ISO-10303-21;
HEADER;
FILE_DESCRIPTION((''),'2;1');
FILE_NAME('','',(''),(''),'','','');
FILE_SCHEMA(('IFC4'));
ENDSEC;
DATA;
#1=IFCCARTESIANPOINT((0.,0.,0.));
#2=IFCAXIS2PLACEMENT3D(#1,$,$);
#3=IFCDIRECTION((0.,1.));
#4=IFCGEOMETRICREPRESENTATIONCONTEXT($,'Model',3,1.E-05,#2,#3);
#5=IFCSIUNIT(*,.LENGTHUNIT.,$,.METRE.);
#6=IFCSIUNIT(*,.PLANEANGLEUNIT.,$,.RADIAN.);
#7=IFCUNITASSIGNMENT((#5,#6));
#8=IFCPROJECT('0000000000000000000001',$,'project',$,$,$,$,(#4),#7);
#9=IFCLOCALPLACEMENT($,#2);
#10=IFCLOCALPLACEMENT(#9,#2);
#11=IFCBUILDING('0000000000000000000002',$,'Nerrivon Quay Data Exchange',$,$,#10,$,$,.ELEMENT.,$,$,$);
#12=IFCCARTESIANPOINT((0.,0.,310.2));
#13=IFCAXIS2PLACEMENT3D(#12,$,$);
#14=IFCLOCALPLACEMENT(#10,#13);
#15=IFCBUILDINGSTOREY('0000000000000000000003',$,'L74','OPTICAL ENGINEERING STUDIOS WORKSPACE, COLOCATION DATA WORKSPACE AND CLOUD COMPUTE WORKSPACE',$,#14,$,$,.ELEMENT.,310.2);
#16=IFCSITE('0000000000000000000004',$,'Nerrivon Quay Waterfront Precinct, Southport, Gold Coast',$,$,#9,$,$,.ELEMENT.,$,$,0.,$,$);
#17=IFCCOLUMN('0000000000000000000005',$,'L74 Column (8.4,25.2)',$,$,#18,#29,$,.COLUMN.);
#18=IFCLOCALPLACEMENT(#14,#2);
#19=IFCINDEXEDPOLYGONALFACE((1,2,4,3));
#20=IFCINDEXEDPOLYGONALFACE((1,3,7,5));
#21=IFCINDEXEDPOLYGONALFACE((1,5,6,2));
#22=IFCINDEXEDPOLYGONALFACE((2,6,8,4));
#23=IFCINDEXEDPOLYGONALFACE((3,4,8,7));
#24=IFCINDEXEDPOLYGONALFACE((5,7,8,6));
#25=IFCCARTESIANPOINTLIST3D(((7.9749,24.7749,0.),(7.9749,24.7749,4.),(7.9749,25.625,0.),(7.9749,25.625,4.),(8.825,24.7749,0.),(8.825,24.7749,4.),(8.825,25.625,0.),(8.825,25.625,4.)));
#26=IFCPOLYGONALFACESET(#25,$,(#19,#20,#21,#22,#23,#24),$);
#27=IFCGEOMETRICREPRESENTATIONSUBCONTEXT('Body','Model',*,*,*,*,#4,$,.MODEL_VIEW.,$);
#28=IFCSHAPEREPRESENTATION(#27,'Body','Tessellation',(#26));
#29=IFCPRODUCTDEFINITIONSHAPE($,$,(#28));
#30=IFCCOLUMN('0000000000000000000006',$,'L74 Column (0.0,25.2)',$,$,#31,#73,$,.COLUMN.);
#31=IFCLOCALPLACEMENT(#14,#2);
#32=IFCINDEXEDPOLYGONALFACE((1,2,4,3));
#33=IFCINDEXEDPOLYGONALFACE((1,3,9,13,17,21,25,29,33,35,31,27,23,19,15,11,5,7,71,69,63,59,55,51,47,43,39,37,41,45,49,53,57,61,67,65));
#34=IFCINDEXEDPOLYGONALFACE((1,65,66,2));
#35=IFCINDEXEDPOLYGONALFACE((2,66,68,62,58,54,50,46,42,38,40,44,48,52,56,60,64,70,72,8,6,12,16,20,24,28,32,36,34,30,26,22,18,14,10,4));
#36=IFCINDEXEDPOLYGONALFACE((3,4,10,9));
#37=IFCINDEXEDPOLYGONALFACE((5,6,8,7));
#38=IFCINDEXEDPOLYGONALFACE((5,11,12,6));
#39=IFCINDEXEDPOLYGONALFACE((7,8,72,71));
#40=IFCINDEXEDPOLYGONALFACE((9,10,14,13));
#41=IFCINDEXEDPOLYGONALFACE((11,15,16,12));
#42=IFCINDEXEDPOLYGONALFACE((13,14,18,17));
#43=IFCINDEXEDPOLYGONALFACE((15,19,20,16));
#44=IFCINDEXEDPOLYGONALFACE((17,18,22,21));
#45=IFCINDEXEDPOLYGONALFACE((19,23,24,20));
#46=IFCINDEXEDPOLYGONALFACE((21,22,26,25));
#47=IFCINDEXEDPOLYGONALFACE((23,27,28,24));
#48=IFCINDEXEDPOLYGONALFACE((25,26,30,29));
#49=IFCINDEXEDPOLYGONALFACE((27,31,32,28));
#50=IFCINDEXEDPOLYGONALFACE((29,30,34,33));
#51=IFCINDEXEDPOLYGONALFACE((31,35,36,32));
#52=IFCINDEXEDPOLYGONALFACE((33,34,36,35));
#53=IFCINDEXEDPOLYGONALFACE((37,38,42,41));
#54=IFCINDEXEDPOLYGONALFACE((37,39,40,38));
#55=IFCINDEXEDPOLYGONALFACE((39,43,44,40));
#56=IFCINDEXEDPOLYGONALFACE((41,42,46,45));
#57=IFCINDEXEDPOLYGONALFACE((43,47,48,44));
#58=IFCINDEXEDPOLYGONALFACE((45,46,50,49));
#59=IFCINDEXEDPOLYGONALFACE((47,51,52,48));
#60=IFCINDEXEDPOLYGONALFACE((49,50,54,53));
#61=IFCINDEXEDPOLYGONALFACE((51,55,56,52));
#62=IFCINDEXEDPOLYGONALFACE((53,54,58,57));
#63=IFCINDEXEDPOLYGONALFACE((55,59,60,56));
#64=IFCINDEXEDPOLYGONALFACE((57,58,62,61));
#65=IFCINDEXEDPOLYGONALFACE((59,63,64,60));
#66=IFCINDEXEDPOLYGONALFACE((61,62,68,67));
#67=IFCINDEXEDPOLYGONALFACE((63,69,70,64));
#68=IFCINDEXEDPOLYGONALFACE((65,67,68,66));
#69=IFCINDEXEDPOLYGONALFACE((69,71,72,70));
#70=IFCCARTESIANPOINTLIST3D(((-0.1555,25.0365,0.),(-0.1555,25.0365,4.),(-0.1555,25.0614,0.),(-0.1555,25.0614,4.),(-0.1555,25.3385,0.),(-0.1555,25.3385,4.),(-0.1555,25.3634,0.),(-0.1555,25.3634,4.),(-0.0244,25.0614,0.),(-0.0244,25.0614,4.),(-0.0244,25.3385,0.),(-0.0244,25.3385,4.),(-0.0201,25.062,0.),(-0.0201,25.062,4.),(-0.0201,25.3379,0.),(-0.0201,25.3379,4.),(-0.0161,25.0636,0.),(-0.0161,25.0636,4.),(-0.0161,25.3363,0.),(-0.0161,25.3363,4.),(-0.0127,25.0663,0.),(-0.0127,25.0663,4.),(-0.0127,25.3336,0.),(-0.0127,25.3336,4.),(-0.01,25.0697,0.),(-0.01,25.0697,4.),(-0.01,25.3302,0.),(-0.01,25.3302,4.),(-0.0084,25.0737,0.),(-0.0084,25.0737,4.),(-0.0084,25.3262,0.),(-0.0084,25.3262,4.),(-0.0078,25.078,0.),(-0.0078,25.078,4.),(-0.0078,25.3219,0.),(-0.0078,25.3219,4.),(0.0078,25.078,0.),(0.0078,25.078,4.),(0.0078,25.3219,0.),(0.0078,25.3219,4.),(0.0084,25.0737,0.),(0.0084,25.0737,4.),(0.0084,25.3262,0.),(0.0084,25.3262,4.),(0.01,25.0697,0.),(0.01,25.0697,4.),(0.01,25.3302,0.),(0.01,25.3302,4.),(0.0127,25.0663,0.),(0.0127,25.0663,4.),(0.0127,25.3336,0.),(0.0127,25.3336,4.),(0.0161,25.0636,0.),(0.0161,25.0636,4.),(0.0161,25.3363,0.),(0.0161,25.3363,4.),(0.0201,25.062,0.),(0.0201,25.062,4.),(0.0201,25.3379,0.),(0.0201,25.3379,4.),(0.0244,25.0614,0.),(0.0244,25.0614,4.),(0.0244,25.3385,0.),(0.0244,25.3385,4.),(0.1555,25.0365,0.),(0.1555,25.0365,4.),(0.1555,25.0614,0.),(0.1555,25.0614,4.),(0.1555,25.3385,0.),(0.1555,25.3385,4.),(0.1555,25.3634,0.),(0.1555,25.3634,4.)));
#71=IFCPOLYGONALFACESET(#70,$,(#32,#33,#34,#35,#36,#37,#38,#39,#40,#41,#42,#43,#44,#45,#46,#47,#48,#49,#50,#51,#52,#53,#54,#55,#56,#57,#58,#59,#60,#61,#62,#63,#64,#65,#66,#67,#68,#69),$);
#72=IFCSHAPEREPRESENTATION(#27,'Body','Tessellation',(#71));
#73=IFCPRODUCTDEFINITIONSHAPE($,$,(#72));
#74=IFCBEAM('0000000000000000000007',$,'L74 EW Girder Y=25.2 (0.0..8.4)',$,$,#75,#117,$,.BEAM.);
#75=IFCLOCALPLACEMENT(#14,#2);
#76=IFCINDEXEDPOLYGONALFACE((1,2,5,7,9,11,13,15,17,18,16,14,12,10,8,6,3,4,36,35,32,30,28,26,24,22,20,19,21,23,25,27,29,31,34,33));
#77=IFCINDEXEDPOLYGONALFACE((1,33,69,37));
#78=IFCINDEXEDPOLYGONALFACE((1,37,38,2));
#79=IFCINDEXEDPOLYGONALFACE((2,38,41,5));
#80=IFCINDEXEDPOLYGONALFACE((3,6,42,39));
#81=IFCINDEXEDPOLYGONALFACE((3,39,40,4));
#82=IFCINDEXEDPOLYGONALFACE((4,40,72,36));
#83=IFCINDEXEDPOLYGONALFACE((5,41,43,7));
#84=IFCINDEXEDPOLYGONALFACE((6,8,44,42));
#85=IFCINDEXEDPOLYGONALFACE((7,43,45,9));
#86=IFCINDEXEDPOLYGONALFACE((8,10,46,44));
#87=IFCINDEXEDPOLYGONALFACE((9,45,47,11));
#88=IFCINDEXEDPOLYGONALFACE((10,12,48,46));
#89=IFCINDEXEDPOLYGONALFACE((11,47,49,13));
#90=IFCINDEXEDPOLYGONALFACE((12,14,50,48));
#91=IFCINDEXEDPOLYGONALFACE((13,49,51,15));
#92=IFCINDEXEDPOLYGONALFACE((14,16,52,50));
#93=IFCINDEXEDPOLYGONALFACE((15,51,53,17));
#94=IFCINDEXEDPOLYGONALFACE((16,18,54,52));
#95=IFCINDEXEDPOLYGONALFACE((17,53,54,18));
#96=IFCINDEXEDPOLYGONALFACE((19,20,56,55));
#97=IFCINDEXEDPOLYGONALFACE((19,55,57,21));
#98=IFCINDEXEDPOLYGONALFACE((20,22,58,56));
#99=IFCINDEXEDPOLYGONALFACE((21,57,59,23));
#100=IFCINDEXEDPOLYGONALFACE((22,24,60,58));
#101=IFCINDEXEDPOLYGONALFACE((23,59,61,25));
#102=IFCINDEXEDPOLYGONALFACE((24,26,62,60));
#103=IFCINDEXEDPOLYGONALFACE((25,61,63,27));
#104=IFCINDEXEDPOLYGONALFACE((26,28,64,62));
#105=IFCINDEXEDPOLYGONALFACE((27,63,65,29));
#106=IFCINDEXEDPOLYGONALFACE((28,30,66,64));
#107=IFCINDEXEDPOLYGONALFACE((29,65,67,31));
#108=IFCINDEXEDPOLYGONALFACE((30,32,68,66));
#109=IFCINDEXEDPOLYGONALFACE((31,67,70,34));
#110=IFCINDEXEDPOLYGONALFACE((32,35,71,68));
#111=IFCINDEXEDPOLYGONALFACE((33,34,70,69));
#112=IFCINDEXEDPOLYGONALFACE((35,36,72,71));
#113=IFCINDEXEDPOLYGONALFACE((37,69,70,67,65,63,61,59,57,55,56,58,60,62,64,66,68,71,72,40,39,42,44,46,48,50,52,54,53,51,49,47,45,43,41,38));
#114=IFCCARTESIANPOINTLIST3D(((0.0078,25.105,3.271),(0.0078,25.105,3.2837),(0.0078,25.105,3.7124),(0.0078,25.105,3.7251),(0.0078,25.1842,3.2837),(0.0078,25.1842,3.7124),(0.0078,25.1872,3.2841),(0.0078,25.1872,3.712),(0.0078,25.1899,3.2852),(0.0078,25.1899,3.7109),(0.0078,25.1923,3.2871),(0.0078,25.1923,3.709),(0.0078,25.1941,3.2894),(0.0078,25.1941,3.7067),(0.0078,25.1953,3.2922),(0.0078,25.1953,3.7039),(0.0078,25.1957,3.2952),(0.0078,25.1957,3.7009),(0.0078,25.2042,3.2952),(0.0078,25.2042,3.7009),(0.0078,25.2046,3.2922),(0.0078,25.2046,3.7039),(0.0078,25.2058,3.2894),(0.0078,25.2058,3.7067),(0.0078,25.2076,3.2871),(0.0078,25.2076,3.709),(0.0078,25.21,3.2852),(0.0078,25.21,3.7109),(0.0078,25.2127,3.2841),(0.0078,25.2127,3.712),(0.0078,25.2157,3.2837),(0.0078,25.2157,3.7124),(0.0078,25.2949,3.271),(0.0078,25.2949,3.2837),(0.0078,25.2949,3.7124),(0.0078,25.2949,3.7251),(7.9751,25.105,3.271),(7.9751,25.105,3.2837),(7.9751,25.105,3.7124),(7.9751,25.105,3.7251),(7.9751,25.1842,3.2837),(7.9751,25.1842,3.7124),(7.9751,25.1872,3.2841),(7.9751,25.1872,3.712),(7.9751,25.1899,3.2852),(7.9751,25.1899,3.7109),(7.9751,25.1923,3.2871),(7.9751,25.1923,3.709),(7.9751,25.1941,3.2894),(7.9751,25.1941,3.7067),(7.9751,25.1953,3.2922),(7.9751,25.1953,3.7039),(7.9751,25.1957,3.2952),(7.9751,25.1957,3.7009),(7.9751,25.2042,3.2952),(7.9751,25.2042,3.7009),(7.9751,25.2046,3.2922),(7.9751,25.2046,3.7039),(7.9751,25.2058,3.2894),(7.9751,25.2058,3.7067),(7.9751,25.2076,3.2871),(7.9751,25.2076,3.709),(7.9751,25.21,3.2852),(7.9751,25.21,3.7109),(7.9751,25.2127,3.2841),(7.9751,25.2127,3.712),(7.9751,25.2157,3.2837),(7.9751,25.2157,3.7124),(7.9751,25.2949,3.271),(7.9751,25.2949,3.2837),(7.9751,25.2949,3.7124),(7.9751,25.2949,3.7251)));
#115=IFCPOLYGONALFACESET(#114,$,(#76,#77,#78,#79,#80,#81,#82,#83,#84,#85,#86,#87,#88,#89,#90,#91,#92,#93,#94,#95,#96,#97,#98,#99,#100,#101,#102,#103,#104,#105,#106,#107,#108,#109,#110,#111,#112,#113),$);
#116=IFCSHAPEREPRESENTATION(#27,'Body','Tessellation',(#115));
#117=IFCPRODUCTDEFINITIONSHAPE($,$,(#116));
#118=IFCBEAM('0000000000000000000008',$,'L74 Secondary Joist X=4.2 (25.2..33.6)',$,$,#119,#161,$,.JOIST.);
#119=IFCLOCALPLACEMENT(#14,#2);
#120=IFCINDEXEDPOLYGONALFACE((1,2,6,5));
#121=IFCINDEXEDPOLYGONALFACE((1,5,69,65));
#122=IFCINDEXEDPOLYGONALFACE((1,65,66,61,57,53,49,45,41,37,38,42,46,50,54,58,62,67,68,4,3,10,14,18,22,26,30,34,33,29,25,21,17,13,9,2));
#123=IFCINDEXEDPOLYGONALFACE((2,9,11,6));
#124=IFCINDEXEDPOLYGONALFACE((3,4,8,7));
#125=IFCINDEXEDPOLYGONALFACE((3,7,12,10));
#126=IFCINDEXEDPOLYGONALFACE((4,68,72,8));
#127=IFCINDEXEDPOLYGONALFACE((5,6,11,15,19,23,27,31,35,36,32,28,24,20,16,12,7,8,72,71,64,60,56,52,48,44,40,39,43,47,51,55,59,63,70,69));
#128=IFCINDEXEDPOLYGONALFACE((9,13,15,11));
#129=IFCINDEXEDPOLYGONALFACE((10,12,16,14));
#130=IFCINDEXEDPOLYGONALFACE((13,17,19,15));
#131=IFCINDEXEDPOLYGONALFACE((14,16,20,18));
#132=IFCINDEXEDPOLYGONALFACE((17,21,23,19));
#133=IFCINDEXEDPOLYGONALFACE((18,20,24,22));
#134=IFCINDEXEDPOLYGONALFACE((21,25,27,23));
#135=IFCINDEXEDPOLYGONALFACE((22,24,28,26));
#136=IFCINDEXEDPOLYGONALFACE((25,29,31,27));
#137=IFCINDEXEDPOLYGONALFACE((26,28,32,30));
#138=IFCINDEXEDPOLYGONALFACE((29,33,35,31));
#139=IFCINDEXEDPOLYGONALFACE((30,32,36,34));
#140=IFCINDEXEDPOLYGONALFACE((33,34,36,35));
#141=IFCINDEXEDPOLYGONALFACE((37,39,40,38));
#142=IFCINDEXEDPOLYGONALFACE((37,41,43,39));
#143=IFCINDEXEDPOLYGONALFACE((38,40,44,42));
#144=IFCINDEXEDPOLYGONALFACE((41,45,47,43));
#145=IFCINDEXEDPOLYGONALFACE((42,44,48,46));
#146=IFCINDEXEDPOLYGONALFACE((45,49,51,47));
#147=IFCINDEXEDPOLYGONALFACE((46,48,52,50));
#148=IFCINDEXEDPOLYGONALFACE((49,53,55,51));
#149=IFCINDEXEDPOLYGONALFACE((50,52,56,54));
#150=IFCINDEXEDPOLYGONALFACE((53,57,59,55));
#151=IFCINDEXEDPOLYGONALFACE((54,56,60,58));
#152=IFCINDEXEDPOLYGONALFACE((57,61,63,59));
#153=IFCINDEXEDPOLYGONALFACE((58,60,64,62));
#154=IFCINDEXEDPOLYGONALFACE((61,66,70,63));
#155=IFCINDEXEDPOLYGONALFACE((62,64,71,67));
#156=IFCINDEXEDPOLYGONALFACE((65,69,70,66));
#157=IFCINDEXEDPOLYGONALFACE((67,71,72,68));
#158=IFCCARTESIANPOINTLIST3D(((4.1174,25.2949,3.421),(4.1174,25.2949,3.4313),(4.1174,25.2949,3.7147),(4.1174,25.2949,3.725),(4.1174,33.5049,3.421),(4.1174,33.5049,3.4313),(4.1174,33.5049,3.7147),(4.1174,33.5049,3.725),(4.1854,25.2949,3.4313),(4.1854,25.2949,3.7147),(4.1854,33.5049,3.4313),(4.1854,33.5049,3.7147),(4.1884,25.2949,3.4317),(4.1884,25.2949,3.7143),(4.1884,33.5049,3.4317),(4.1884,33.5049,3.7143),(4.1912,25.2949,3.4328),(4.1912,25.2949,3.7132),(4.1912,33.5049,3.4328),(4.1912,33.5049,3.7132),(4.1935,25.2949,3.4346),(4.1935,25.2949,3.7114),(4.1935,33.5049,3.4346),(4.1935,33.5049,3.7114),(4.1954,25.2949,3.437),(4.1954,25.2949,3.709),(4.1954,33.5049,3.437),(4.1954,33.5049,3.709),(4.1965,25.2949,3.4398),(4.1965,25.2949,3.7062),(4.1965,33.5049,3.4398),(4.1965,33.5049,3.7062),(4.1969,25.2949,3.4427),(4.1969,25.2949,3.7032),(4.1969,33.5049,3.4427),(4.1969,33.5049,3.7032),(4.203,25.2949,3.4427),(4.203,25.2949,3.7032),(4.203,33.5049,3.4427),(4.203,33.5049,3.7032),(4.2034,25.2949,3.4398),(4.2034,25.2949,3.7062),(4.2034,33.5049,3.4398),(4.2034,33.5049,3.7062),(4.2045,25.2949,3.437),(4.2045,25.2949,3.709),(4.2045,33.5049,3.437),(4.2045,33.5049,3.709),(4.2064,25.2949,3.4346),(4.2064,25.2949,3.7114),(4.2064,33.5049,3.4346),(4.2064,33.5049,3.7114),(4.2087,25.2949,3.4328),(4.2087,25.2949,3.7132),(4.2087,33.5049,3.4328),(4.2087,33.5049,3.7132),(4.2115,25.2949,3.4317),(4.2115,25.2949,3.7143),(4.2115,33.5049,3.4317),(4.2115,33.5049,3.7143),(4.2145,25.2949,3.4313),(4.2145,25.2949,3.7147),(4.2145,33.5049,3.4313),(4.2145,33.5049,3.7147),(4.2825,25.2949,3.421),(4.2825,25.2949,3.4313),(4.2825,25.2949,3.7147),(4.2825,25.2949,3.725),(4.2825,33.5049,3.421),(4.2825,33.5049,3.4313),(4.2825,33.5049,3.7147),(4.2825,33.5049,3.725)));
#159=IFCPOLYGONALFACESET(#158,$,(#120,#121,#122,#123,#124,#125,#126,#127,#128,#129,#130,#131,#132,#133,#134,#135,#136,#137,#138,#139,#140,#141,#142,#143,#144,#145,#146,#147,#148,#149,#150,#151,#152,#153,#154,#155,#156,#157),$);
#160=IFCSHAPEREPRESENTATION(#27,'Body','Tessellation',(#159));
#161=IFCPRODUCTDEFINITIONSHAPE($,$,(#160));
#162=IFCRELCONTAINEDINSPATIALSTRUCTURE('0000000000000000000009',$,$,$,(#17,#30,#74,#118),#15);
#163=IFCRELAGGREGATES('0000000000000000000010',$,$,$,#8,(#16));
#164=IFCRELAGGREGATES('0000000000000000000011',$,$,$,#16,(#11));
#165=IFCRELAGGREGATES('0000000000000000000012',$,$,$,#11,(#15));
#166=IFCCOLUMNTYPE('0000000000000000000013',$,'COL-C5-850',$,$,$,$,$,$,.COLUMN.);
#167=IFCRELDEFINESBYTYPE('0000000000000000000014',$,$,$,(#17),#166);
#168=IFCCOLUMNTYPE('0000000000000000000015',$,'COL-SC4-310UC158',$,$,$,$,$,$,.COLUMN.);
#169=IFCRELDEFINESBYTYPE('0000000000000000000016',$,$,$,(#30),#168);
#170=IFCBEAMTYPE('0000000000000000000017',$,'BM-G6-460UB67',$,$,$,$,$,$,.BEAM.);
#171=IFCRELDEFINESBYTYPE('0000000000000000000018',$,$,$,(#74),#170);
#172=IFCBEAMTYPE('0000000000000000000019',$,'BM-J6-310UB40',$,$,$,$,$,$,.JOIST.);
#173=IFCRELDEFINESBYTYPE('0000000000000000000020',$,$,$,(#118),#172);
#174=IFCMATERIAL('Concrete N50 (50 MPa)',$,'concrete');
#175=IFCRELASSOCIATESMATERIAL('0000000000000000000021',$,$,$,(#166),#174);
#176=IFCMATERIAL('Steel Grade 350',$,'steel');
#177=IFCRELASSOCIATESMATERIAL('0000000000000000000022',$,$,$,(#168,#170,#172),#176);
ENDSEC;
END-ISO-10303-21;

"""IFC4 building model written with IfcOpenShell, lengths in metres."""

from ifc_helpers import new_model, si_unit, direction, frame, origin, origin_2d, place, context, subcontext, project, spatial, rectangle, i_section, extrude, material, material_profile, profile_set, type_object, element, save


model = new_model("IFC4")

# Units and contexts
model_context = context("Model", 3, precision=1e-05, world=origin(), true_north=direction((0.0, 1.0)))
body_context = subcontext(model_context, "Body", "Model", "MODEL_VIEW")
ifc_project = project(units=[si_unit("LENGTHUNIT", "METRE"), si_unit("PLANEANGLEUNIT", "RADIAN")], contexts=[model_context])

# Site, building, storey
site_placement = place(None, origin())
site = spatial("IfcSite", under=ifc_project, at=site_placement, Name="Nerrivon Quay Waterfront Precinct, Southport, Gold Coast", CompositionType="ELEMENT", RefElevation=0.0)
building_placement = place(site_placement, origin())
building = spatial("IfcBuilding", under=site, at=building_placement, Name="Nerrivon Quay Data Exchange", CompositionType="ELEMENT")
storey_placement = place(building_placement, frame((0.0, 0.0, 310.2)))
storey = spatial("IfcBuildingStorey", under=building, at=storey_placement, Name="L74", Description="OPTICAL ENGINEERING STUDIOS WORKSPACE, COLOCATION DATA WORKSPACE AND CLOUD COMPUTE WORKSPACE", CompositionType="ELEMENT", Elevation=310.2)

# Columns
ifc_material_1 = material(Name="Concrete N50 (50 MPa)", Category="concrete")
ifc_material_profile_1 = material_profile(ifc_material_1, rectangle(XDim=0.8501, YDim=0.8501, at=origin_2d()), Name="RC-COL-850x850")
ifc_profile_set_1 = profile_set([ifc_material_profile_1], Name="Concrete N50 (50 MPa)")
column_type_1 = type_object("IfcColumnType", Name="COL-C5-850", PredefinedType="COLUMN", material=ifc_profile_set_1)
column_1_placement = place(storey_placement, frame((8.3999, 25.2, 0.0), z_axis=(0.0, 0.0, 1.0), x_axis=(1.0, 0.0, 0.0)))
element("IfcColumn", 1, at=column_1_placement, inside=storey, type_object=column_type_1, Name="L74 Column (8.4,25.2)", PredefinedType="COLUMN", context=body_context, shape_type="SweptSolid", body=[
    extrude(rectangle(XDim=0.8501, YDim=0.8501, at=origin_2d()), origin(), (0.0, 0.0, 1.0), 4.0),
])
ifc_material_2 = material(Name="Steel Grade 350", Category="steel")
ifc_material_profile_2 = material_profile(ifc_material_2, i_section(OverallWidth=0.311, OverallDepth=0.3269, WebThickness=0.0156, FlangeThickness=0.0249, FilletRadius=0.0166, at=origin_2d()), Name="310UC158")
ifc_profile_set_2 = profile_set([ifc_material_profile_2], Name="Steel Grade 350")
column_type_2 = type_object("IfcColumnType", Name="COL-SC4-310UC158", PredefinedType="COLUMN", material=ifc_profile_set_2)
column_2_placement = place(storey_placement, frame((0.0, 25.2, 0.0), z_axis=(0.0, 0.0, 1.0), x_axis=(1.0, 0.0, 0.0)))
element("IfcColumn", 2, at=column_2_placement, inside=storey, type_object=column_type_2, Name="L74 Column (0.0,25.2)", PredefinedType="COLUMN", context=body_context, shape_type="SweptSolid", body=[
    extrude(i_section(OverallWidth=0.311, OverallDepth=0.3269, WebThickness=0.0156, FlangeThickness=0.0249, FilletRadius=0.0166, at=origin_2d()), origin(), (0.0, 0.0, 1.0), 4.0),
])

# Beams
ifc_material_profile_3 = material_profile(ifc_material_2, i_section(OverallWidth=0.1899, OverallDepth=0.4541, WebThickness=0.0085, FlangeThickness=0.0127, FilletRadius=0.0115, at=origin_2d()), Name="460UB67.1")
ifc_profile_set_3 = profile_set([ifc_material_profile_3], Name="Steel Grade 350")
beam_type_1 = type_object("IfcBeamType", Name="BM-G6-460UB67", PredefinedType="BEAM", material=ifc_profile_set_3)
beam_1_placement = place(storey_placement, frame((0.0078, 25.2, 3.498), z_axis=(1.0, 0.0, 0.0), x_axis=(0.0, 1.0, 0.0)))
element("IfcBeam", 3, at=beam_1_placement, inside=storey, type_object=beam_type_1, Name="L74 EW Girder Y=25.2 (0.0..8.4)", PredefinedType="BEAM", context=body_context, shape_type="SweptSolid", body=[
    extrude(i_section(OverallWidth=0.1899, OverallDepth=0.4541, WebThickness=0.0085, FlangeThickness=0.0127, FilletRadius=0.0115, at=origin_2d()), origin(), (0.0, 0.0, 1.0), 7.9673),
])
ifc_material_profile_4 = material_profile(ifc_material_2, i_section(OverallWidth=0.165, OverallDepth=0.304, WebThickness=0.0061, FlangeThickness=0.0103, FilletRadius=0.0115, at=origin_2d()), Name="310UB40.4")
ifc_profile_set_4 = profile_set([ifc_material_profile_4], Name="Steel Grade 350")
beam_type_2 = type_object("IfcBeamType", Name="BM-J6-310UB40", PredefinedType="JOIST", material=ifc_profile_set_4)
beam_2_placement = place(storey_placement, frame((4.2, 25.2949, 3.573), z_axis=(0.0, 1.0, 0.0), x_axis=(-1.0, 0.0, 0.0)))
element("IfcBeam", 4, at=beam_2_placement, inside=storey, type_object=beam_type_2, Name="L74 Secondary Joist X=4.2 (25.2..33.6)", PredefinedType="JOIST", context=body_context, shape_type="SweptSolid", body=[
    extrude(i_section(OverallWidth=0.165, OverallDepth=0.304, WebThickness=0.0061, FlangeThickness=0.0103, FilletRadius=0.0115, at=origin_2d()), origin(), (0.0, 0.0, 1.0), 8.21),
])

save(model, "model.ifc")
